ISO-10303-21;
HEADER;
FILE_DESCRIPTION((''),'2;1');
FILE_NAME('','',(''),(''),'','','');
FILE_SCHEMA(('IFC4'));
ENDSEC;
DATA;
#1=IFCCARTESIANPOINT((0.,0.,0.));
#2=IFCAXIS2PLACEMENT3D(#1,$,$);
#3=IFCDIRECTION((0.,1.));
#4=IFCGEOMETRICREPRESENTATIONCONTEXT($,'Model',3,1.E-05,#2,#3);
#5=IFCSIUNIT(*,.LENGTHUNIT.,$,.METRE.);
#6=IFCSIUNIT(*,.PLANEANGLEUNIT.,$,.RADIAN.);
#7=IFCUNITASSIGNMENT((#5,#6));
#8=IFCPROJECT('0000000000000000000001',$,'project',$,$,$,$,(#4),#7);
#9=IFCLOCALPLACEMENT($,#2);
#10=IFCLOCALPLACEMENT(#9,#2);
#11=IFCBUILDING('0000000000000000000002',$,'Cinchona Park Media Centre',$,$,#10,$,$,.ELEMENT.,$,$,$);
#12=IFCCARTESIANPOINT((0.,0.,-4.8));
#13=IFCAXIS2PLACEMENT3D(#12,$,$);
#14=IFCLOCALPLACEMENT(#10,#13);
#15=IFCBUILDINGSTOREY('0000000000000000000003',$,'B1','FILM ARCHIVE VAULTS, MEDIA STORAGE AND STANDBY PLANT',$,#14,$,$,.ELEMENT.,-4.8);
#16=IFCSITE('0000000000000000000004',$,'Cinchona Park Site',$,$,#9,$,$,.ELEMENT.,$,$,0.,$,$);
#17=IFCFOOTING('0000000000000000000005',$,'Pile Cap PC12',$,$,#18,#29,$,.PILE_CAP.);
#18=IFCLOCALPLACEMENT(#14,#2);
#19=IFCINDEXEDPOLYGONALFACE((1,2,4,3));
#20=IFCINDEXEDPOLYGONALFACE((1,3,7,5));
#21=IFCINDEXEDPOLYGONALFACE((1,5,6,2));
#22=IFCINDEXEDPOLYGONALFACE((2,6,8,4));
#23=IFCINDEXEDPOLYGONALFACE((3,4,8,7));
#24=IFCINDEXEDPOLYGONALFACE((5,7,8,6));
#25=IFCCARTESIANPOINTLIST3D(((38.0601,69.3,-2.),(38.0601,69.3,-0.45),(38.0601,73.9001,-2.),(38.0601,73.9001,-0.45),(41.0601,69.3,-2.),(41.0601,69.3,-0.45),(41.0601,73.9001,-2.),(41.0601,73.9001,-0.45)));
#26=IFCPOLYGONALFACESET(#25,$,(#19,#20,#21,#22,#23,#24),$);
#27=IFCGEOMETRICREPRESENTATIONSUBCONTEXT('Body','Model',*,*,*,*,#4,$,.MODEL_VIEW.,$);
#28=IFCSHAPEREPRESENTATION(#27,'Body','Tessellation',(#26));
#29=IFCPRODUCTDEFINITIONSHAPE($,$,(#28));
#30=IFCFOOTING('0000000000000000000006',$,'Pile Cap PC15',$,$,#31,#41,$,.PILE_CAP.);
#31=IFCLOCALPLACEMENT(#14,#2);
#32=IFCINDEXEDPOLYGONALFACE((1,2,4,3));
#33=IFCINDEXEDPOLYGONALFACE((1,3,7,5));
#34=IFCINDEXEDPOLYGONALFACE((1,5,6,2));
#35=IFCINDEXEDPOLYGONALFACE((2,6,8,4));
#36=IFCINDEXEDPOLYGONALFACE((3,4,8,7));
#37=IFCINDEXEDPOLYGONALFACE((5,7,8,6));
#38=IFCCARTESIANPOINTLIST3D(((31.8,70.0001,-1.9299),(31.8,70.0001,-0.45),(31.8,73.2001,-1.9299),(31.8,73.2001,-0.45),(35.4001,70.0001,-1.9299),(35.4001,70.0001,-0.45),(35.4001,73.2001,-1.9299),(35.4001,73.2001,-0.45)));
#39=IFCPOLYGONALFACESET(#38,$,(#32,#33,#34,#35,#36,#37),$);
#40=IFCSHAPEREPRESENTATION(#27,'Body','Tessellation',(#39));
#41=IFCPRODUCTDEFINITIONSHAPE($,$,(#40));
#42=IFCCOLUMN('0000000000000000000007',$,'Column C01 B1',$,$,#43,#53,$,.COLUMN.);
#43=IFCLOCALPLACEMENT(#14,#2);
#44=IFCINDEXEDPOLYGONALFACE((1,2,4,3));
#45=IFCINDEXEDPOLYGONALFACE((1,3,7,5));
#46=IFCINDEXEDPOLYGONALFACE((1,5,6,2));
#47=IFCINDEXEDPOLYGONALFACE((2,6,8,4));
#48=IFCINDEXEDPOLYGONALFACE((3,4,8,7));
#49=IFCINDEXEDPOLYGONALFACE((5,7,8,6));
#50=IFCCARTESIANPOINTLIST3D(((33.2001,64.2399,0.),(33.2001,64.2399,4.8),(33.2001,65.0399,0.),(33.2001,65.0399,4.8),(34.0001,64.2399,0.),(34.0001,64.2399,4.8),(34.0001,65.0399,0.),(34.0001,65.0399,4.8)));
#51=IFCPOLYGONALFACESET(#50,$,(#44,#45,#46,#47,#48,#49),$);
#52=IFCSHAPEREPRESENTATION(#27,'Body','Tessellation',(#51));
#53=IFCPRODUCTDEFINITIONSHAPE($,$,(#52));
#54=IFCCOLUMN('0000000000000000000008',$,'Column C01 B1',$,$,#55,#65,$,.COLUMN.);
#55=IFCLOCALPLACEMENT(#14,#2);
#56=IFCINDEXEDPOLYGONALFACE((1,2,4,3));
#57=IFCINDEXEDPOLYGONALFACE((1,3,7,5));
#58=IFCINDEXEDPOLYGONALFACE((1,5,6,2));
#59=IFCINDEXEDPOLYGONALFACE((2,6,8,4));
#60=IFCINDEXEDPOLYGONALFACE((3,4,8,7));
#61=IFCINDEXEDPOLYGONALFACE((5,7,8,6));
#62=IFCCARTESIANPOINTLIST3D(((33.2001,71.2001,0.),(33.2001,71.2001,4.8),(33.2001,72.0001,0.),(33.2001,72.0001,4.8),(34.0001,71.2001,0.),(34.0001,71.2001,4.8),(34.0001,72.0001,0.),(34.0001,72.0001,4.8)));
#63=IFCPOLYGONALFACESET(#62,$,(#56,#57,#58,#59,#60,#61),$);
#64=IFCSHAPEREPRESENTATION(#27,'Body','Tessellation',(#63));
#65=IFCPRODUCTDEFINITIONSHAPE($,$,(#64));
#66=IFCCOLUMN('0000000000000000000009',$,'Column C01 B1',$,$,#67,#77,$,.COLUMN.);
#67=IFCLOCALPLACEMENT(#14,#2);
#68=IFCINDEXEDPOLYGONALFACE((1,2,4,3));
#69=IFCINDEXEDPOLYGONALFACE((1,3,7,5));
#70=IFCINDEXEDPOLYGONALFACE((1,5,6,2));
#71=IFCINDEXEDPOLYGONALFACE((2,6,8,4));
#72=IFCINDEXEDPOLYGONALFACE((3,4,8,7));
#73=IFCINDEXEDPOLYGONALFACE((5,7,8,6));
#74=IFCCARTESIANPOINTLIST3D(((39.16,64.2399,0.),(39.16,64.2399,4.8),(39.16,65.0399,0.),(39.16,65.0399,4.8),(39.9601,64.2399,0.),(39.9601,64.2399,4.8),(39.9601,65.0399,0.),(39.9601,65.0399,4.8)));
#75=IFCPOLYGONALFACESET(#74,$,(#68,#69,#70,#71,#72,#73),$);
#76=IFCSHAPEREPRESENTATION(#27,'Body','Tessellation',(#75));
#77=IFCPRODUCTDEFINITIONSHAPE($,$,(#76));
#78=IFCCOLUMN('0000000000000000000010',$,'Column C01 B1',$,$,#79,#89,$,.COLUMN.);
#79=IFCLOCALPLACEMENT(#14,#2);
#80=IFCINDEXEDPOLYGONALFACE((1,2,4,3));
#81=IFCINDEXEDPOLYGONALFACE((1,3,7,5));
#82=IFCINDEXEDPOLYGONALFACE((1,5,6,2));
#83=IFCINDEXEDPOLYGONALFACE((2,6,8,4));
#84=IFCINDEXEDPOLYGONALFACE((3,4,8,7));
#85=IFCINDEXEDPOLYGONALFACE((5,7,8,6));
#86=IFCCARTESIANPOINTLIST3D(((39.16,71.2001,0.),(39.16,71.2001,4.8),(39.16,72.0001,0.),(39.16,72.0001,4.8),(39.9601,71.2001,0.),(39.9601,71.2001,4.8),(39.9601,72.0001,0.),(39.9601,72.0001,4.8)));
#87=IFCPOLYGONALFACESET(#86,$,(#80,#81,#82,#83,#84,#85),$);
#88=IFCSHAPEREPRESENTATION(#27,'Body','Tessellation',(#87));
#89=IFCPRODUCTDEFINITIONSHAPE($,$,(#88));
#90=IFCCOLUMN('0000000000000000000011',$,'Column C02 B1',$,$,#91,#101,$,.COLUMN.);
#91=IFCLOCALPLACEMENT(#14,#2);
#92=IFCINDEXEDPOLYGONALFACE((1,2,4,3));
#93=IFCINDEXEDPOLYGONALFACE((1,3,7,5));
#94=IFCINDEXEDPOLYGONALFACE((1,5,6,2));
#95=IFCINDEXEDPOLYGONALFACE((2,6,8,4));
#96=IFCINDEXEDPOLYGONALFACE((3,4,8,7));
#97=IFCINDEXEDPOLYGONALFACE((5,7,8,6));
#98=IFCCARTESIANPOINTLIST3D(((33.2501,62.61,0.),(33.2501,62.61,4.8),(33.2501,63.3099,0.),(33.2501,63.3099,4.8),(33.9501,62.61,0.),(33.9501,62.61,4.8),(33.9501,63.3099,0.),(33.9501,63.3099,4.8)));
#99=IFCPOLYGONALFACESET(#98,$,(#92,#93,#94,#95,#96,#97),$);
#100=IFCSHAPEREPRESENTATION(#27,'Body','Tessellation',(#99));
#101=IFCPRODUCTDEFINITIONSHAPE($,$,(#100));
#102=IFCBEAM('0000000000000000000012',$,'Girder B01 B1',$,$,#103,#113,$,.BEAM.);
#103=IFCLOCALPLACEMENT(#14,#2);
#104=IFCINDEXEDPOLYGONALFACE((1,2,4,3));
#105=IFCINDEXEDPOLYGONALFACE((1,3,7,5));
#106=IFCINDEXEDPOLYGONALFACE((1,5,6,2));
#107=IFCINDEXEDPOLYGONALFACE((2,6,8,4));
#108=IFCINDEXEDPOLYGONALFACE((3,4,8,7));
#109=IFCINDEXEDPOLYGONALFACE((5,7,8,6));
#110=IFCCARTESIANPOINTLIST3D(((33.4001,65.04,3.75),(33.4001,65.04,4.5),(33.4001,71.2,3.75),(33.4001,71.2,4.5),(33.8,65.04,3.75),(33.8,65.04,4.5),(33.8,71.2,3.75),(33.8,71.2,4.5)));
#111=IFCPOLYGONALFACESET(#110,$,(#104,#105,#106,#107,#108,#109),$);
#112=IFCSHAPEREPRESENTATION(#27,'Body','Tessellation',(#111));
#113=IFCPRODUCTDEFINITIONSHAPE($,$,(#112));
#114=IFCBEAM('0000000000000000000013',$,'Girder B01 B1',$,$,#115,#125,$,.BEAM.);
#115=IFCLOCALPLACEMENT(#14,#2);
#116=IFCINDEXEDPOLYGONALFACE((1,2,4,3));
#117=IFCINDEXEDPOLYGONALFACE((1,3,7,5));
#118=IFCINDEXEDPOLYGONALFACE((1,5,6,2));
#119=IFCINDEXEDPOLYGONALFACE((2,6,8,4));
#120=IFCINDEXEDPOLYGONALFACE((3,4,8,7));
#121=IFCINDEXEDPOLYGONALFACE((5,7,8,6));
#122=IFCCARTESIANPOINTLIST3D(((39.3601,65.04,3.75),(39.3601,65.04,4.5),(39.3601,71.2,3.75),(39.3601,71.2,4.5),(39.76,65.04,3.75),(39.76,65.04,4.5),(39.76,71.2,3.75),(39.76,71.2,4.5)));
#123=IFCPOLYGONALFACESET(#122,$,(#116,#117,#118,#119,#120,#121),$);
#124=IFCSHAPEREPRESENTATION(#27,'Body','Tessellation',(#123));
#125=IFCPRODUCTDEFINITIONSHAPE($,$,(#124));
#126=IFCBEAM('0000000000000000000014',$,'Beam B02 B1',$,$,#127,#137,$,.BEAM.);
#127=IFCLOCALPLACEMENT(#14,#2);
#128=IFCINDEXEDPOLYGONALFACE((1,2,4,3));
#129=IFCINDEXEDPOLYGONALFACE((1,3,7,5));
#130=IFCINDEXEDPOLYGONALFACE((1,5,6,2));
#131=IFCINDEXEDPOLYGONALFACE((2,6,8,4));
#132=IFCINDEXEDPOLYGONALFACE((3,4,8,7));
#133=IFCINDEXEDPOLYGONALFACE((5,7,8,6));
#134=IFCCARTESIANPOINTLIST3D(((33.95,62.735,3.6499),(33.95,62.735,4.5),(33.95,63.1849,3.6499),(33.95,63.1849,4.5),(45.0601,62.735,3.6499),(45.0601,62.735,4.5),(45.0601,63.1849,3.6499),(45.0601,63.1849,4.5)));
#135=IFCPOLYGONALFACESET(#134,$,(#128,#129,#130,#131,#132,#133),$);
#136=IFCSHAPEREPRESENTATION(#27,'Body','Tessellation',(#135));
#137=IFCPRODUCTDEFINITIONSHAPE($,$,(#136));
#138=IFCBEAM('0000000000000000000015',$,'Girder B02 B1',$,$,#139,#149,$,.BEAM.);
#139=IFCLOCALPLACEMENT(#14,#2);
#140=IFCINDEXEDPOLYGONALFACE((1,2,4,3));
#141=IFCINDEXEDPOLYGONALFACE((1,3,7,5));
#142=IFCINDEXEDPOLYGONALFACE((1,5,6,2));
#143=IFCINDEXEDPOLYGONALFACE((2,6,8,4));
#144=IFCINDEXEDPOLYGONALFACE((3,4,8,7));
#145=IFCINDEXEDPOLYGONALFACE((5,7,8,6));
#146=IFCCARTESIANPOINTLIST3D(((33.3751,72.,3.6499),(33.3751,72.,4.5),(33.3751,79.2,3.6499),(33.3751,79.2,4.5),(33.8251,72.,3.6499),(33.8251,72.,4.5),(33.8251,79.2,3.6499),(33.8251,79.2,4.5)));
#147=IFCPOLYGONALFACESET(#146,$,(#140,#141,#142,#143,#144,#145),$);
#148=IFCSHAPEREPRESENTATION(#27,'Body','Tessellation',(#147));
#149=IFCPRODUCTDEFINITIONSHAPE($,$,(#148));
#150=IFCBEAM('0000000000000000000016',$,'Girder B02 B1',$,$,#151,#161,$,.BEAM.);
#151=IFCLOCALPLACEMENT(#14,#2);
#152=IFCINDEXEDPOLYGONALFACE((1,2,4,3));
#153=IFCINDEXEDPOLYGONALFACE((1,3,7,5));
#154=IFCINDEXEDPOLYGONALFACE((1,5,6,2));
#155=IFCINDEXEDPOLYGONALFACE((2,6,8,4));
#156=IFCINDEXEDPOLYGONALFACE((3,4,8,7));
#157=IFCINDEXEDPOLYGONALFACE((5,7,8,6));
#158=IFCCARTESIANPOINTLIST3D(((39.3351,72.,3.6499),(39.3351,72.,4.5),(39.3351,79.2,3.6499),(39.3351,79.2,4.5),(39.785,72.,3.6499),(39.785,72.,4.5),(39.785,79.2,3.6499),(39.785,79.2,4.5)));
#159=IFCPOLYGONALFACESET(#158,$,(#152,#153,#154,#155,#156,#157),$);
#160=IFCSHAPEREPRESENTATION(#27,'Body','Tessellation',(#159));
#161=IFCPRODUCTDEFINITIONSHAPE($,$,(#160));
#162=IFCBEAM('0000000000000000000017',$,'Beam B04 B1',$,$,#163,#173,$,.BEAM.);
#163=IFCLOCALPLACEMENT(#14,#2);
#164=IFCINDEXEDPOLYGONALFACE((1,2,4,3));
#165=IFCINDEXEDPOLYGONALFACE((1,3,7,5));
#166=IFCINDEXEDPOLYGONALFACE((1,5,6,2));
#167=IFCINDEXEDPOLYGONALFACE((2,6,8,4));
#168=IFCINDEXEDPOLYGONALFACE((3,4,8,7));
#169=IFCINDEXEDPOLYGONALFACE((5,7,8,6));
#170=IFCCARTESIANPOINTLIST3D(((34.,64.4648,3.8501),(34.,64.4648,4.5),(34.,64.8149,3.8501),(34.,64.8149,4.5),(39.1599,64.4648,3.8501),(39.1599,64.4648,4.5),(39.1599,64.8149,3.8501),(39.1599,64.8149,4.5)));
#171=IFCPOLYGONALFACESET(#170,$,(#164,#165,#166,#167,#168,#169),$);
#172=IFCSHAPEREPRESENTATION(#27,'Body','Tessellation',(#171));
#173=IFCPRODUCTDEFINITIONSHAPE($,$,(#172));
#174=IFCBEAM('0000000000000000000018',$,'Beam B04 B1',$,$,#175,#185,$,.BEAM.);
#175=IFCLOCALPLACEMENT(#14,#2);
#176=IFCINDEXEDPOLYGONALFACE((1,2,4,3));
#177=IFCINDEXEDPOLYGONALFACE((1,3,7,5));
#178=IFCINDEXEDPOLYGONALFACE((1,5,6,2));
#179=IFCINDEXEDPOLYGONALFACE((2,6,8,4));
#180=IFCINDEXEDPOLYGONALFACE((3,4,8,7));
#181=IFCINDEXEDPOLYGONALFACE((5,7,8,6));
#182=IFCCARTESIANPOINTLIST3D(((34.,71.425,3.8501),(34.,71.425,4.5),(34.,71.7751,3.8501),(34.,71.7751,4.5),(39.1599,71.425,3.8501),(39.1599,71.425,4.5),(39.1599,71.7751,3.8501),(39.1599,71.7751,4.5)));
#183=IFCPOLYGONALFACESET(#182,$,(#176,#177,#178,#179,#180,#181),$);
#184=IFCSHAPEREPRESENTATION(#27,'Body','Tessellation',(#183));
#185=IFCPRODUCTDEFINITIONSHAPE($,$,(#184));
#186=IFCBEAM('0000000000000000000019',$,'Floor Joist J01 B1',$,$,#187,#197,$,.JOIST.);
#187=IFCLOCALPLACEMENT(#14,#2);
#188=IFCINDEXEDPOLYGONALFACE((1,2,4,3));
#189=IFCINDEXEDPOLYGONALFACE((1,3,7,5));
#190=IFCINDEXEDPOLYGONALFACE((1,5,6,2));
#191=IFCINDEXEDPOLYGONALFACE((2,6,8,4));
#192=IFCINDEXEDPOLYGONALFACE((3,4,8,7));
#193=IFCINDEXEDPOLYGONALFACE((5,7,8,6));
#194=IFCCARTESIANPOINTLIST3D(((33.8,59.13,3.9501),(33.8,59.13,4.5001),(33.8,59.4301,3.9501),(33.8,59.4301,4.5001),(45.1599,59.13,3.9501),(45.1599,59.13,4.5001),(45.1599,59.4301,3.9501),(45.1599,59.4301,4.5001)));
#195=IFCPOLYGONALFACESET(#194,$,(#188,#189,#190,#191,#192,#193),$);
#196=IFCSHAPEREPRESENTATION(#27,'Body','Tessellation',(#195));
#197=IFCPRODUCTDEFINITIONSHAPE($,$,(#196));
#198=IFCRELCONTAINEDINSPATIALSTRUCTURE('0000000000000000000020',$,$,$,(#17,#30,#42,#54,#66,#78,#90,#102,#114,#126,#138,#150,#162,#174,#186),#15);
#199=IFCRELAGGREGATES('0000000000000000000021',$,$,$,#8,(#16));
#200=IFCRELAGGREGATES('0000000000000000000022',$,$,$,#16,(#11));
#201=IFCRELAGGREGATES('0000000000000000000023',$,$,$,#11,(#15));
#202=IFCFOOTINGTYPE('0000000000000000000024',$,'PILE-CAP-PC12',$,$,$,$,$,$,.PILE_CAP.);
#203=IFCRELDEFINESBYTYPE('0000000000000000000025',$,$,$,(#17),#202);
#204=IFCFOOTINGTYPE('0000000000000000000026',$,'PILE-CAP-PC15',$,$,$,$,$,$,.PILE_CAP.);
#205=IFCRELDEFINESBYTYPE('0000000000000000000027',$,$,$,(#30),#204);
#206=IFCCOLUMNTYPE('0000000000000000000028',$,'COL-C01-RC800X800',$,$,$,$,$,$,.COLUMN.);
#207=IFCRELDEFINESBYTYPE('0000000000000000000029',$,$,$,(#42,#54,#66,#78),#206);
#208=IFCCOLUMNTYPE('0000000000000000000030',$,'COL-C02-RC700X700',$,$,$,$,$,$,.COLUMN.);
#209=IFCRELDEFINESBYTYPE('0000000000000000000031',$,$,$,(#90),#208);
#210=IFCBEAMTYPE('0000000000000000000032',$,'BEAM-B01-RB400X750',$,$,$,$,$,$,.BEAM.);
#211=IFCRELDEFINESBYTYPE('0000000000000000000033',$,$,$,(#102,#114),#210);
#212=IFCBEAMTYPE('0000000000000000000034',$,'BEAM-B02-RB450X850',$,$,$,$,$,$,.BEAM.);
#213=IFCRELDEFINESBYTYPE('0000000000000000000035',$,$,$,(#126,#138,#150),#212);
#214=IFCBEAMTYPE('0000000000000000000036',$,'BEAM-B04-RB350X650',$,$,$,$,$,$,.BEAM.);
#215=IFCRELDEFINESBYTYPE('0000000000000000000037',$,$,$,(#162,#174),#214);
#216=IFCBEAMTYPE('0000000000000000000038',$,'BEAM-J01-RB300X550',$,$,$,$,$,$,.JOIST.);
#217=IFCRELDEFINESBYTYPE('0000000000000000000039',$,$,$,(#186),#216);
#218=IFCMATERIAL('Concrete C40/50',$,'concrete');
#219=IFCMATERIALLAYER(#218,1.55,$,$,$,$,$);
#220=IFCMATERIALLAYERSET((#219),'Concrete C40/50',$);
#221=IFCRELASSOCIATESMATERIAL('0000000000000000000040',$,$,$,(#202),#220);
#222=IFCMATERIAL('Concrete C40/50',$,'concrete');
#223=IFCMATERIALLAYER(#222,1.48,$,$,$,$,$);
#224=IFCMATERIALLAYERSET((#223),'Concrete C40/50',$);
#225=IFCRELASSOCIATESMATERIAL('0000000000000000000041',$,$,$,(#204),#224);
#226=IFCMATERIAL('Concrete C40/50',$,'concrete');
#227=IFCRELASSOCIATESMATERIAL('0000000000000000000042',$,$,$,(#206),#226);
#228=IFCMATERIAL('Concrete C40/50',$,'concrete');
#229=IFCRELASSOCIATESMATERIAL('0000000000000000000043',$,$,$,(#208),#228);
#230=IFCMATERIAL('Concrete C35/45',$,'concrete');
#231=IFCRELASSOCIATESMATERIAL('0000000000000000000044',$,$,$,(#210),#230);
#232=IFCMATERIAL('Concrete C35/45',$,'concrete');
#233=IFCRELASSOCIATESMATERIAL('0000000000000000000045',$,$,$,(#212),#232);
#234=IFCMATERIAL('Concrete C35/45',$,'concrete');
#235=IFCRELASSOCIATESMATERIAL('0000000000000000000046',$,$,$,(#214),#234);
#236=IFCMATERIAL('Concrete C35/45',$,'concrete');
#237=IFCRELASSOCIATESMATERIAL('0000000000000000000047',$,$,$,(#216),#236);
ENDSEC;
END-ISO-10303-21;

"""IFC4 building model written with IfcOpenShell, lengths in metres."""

from ifc_helpers import new_model, si_unit, direction, frame, origin, origin_2d, place, context, subcontext, project, spatial, rectangle, extrude, material, layer, layer_set, material_profile, profile_set, type_object, element, save


model = new_model("IFC4")

# Units and contexts
model_context = context("Model", 3, precision=1e-05, world=origin(), true_north=direction((0.0, 1.0)))
body_context = subcontext(model_context, "Body", "Model", "MODEL_VIEW")
ifc_project = project(units=[si_unit("LENGTHUNIT", "METRE"), si_unit("PLANEANGLEUNIT", "RADIAN")], contexts=[model_context])

# Site, building, storey
site_placement = place(None, origin())
site = spatial("IfcSite", under=ifc_project, at=site_placement, Name="Cinchona Park Site", CompositionType="ELEMENT", RefElevation=0.0)
building_placement = place(site_placement, origin())
building = spatial("IfcBuilding", under=site, at=building_placement, Name="Cinchona Park Media Centre", CompositionType="ELEMENT")
storey_placement = place(building_placement, frame((0.0, 0.0, -4.8)))
storey = spatial("IfcBuildingStorey", under=building, at=storey_placement, Name="B1", Description="FILM ARCHIVE VAULTS, MEDIA STORAGE AND STANDBY PLANT", CompositionType="ELEMENT", Elevation=-4.8)

# Footings
ifc_material_1 = material(Name="Concrete C40/50", Category="concrete")
ifc_layer_1 = layer(ifc_material_1, 1.55)
ifc_layer_set_1 = layer_set([ifc_layer_1], Name="Concrete C40/50")
footing_type_1 = type_object("IfcFootingType", Name="PILE-CAP-PC12", PredefinedType="PILE_CAP", material=ifc_layer_set_1)
footing_1_placement = place(storey_placement, frame((39.5601, 71.6001, -2.0), z_axis=(0.0, 0.0, 1.0), x_axis=(1.0, 0.0, 0.0)))
element("IfcFooting", 1, at=footing_1_placement, inside=storey, type_object=footing_type_1, Name="Pile Cap PC12", PredefinedType="PILE_CAP", context=body_context, shape_type="SweptSolid", body=[
    extrude(rectangle(XDim=3.0, YDim=4.6001, at=origin_2d()), origin(), (0.0, 0.0, 1.0), 1.55),
])
ifc_material_2 = material(Name="Concrete C40/50", Category="concrete")
ifc_layer_2 = layer(ifc_material_2, 1.48)
ifc_layer_set_2 = layer_set([ifc_layer_2], Name="Concrete C40/50")
footing_type_2 = type_object("IfcFootingType", Name="PILE-CAP-PC15", PredefinedType="PILE_CAP", material=ifc_layer_set_2)
footing_2_placement = place(storey_placement, frame((33.6001, 71.6001, -1.9299), z_axis=(0.0, 0.0, 1.0), x_axis=(1.0, 0.0, 0.0)))
element("IfcFooting", 2, at=footing_2_placement, inside=storey, type_object=footing_type_2, Name="Pile Cap PC15", PredefinedType="PILE_CAP", context=body_context, shape_type="SweptSolid", body=[
    extrude(rectangle(XDim=3.6001, YDim=3.2, at=origin_2d()), origin(), (0.0, 0.0, 1.0), 1.48),
])

# Columns
ifc_material_3 = material(Name="Concrete C40/50", Category="concrete")
ifc_material_profile_1 = material_profile(ifc_material_3, rectangle(XDim=0.8, YDim=0.8, at=origin_2d()), Name="RC 800X800")
ifc_profile_set_1 = profile_set([ifc_material_profile_1], Name="Concrete C40/50")
column_type_1 = type_object("IfcColumnType", Name="COL-C01-RC800X800", PredefinedType="COLUMN", material=ifc_profile_set_1)
for number, where, z_axis, x_axis, name in (
    (3, (33.6001, 64.6399, 0.0), (0.0, 0.0, 1.0), (1.0, 0.0, 0.0), "Column C01 B1"),
    (4, (33.6001, 71.6001, 0.0), (0.0, 0.0, 1.0), (1.0, 0.0, 0.0), "Column C01 B1"),
    (5, (39.5601, 64.6399, 0.0), (0.0, 0.0, 1.0), (1.0, 0.0, 0.0), "Column C01 B1"),
    (6, (39.5601, 71.6001, 0.0), (0.0, 0.0, 1.0), (1.0, 0.0, 0.0), "Column C01 B1"),
):
    element("IfcColumn", number, at=place(storey_placement, frame(where, z_axis=z_axis, x_axis=x_axis)), inside=storey, type_object=column_type_1, Name=name, PredefinedType="COLUMN", context=body_context, shape_type="SweptSolid", body=[
        extrude(rectangle(XDim=0.8, YDim=0.8, at=origin_2d()), origin(), (0.0, 0.0, 1.0), 4.8),
    ])
ifc_material_4 = material(Name="Concrete C40/50", Category="concrete")
ifc_material_profile_2 = material_profile(ifc_material_4, rectangle(XDim=0.7, YDim=0.7, at=origin_2d()), Name="RC 700X700")
ifc_profile_set_2 = profile_set([ifc_material_profile_2], Name="Concrete C40/50")
column_type_2 = type_object("IfcColumnType", Name="COL-C02-RC700X700", PredefinedType="COLUMN", material=ifc_profile_set_2)
column_placement = place(storey_placement, frame((33.6001, 62.96, 0.0), z_axis=(0.0, 0.0, 1.0), x_axis=(1.0, 0.0, 0.0)))
element("IfcColumn", 7, at=column_placement, inside=storey, type_object=column_type_2, Name="Column C02 B1", PredefinedType="COLUMN", context=body_context, shape_type="SweptSolid", body=[
    extrude(rectangle(XDim=0.7, YDim=0.7, at=origin_2d()), origin(), (0.0, 0.0, 1.0), 4.8),
])

# Beams
ifc_material_5 = material(Name="Concrete C35/45", Category="concrete")
ifc_material_profile_3 = material_profile(ifc_material_5, rectangle(XDim=0.3999, YDim=0.75, at=origin_2d()), Name="RB 400X750")
ifc_profile_set_3 = profile_set([ifc_material_profile_3], Name="Concrete C35/45")
beam_type_1 = type_object("IfcBeamType", Name="BEAM-B01-RB400X750", PredefinedType="BEAM", material=ifc_profile_set_3)
for number, where, z_axis, x_axis, name in (
    (8, (33.6001, 65.04, 4.125), (0.0, 1.0, 0.0), (-1.0, 0.0, 0.0), "Girder B01 B1"),
    (9, (39.5601, 65.04, 4.125), (0.0, 1.0, 0.0), (-1.0, 0.0, 0.0), "Girder B01 B1"),
):
    element("IfcBeam", number, at=place(storey_placement, frame(where, z_axis=z_axis, x_axis=x_axis)), inside=storey, type_object=beam_type_1, Name=name, PredefinedType="BEAM", context=body_context, shape_type="SweptSolid", body=[
        extrude(rectangle(XDim=0.3999, YDim=0.75, at=origin_2d()), origin(), (0.0, 0.0, 1.0), 6.1599),
    ])
ifc_material_6 = material(Name="Concrete C35/45", Category="concrete")
ifc_material_profile_4 = material_profile(ifc_material_6, rectangle(XDim=0.45, YDim=0.8501, at=origin_2d()), Name="RB 450X850")
ifc_profile_set_4 = profile_set([ifc_material_profile_4], Name="Concrete C35/45")
beam_type_2 = type_object("IfcBeamType", Name="BEAM-B02-RB450X850", PredefinedType="BEAM", material=ifc_profile_set_4)
beam_1_placement = place(storey_placement, frame((33.95, 62.96, 4.075), z_axis=(1.0, 0.0, 0.0), x_axis=(0.0, 1.0, 0.0)))
element("IfcBeam", 10, at=beam_1_placement, inside=storey, type_object=beam_type_2, Name="Beam B02 B1", PredefinedType="BEAM", context=body_context, shape_type="SweptSolid", body=[
    extrude(rectangle(XDim=0.45, YDim=0.8501, at=origin_2d()), origin(), (0.0, 0.0, 1.0), 11.1101),
])
for number, where, z_axis, x_axis, name in (
    (11, (33.6001, 72.0, 4.075), (0.0, 1.0, 0.0), (-1.0, 0.0, 0.0), "Girder B02 B1"),
    (12, (39.5601, 72.0, 4.075), (0.0, 1.0, 0.0), (-1.0, 0.0, 0.0), "Girder B02 B1"),
):
    element("IfcBeam", number, at=place(storey_placement, frame(where, z_axis=z_axis, x_axis=x_axis)), inside=storey, type_object=beam_type_2, Name=name, PredefinedType="BEAM", context=body_context, shape_type="SweptSolid", body=[
        extrude(rectangle(XDim=0.45, YDim=0.8501, at=origin_2d()), origin(), (0.0, 0.0, 1.0), 7.2),
    ])
ifc_material_7 = material(Name="Concrete C35/45", Category="concrete")
ifc_material_profile_5 = material_profile(ifc_material_7, rectangle(XDim=0.3501, YDim=0.6499, at=origin_2d()), Name="RB 350X650")
ifc_profile_set_5 = profile_set([ifc_material_profile_5], Name="Concrete C35/45")
beam_type_3 = type_object("IfcBeamType", Name="BEAM-B04-RB350X650", PredefinedType="BEAM", material=ifc_profile_set_5)
for number, where, z_axis, x_axis, name in (
    (13, (34.0, 64.6399, 4.175), (1.0, 0.0, 0.0), (0.0, 1.0, 0.0), "Beam B04 B1"),
    (14, (34.0, 71.6001, 4.175), (1.0, 0.0, 0.0), (0.0, 1.0, 0.0), "Beam B04 B1"),
):
    element("IfcBeam", number, at=place(storey_placement, frame(where, z_axis=z_axis, x_axis=x_axis)), inside=storey, type_object=beam_type_3, Name=name, PredefinedType="BEAM", context=body_context, shape_type="SweptSolid", body=[
        extrude(rectangle(XDim=0.3501, YDim=0.6499, at=origin_2d()), origin(), (0.0, 0.0, 1.0), 5.1599),
    ])
ifc_material_8 = material(Name="Concrete C35/45", Category="concrete")
ifc_material_profile_6 = material_profile(ifc_material_8, rectangle(XDim=0.3, YDim=0.55, at=origin_2d()), Name="RB 300X550")
ifc_profile_set_6 = profile_set([ifc_material_profile_6], Name="Concrete C35/45")
beam_type_4 = type_object("IfcBeamType", Name="BEAM-J01-RB300X550", PredefinedType="JOIST", material=ifc_profile_set_6)
beam_2_placement = place(storey_placement, frame((33.8, 59.28, 4.2251), z_axis=(1.0, 0.0, 0.0), x_axis=(0.0, 1.0, 0.0)))
element("IfcBeam", 15, at=beam_2_placement, inside=storey, type_object=beam_type_4, Name="Floor Joist J01 B1", PredefinedType="JOIST", context=body_context, shape_type="SweptSolid", body=[
    extrude(rectangle(XDim=0.3, YDim=0.55, at=origin_2d()), origin(), (0.0, 0.0, 1.0), 11.3599),
])

save(model, "model.ifc")
